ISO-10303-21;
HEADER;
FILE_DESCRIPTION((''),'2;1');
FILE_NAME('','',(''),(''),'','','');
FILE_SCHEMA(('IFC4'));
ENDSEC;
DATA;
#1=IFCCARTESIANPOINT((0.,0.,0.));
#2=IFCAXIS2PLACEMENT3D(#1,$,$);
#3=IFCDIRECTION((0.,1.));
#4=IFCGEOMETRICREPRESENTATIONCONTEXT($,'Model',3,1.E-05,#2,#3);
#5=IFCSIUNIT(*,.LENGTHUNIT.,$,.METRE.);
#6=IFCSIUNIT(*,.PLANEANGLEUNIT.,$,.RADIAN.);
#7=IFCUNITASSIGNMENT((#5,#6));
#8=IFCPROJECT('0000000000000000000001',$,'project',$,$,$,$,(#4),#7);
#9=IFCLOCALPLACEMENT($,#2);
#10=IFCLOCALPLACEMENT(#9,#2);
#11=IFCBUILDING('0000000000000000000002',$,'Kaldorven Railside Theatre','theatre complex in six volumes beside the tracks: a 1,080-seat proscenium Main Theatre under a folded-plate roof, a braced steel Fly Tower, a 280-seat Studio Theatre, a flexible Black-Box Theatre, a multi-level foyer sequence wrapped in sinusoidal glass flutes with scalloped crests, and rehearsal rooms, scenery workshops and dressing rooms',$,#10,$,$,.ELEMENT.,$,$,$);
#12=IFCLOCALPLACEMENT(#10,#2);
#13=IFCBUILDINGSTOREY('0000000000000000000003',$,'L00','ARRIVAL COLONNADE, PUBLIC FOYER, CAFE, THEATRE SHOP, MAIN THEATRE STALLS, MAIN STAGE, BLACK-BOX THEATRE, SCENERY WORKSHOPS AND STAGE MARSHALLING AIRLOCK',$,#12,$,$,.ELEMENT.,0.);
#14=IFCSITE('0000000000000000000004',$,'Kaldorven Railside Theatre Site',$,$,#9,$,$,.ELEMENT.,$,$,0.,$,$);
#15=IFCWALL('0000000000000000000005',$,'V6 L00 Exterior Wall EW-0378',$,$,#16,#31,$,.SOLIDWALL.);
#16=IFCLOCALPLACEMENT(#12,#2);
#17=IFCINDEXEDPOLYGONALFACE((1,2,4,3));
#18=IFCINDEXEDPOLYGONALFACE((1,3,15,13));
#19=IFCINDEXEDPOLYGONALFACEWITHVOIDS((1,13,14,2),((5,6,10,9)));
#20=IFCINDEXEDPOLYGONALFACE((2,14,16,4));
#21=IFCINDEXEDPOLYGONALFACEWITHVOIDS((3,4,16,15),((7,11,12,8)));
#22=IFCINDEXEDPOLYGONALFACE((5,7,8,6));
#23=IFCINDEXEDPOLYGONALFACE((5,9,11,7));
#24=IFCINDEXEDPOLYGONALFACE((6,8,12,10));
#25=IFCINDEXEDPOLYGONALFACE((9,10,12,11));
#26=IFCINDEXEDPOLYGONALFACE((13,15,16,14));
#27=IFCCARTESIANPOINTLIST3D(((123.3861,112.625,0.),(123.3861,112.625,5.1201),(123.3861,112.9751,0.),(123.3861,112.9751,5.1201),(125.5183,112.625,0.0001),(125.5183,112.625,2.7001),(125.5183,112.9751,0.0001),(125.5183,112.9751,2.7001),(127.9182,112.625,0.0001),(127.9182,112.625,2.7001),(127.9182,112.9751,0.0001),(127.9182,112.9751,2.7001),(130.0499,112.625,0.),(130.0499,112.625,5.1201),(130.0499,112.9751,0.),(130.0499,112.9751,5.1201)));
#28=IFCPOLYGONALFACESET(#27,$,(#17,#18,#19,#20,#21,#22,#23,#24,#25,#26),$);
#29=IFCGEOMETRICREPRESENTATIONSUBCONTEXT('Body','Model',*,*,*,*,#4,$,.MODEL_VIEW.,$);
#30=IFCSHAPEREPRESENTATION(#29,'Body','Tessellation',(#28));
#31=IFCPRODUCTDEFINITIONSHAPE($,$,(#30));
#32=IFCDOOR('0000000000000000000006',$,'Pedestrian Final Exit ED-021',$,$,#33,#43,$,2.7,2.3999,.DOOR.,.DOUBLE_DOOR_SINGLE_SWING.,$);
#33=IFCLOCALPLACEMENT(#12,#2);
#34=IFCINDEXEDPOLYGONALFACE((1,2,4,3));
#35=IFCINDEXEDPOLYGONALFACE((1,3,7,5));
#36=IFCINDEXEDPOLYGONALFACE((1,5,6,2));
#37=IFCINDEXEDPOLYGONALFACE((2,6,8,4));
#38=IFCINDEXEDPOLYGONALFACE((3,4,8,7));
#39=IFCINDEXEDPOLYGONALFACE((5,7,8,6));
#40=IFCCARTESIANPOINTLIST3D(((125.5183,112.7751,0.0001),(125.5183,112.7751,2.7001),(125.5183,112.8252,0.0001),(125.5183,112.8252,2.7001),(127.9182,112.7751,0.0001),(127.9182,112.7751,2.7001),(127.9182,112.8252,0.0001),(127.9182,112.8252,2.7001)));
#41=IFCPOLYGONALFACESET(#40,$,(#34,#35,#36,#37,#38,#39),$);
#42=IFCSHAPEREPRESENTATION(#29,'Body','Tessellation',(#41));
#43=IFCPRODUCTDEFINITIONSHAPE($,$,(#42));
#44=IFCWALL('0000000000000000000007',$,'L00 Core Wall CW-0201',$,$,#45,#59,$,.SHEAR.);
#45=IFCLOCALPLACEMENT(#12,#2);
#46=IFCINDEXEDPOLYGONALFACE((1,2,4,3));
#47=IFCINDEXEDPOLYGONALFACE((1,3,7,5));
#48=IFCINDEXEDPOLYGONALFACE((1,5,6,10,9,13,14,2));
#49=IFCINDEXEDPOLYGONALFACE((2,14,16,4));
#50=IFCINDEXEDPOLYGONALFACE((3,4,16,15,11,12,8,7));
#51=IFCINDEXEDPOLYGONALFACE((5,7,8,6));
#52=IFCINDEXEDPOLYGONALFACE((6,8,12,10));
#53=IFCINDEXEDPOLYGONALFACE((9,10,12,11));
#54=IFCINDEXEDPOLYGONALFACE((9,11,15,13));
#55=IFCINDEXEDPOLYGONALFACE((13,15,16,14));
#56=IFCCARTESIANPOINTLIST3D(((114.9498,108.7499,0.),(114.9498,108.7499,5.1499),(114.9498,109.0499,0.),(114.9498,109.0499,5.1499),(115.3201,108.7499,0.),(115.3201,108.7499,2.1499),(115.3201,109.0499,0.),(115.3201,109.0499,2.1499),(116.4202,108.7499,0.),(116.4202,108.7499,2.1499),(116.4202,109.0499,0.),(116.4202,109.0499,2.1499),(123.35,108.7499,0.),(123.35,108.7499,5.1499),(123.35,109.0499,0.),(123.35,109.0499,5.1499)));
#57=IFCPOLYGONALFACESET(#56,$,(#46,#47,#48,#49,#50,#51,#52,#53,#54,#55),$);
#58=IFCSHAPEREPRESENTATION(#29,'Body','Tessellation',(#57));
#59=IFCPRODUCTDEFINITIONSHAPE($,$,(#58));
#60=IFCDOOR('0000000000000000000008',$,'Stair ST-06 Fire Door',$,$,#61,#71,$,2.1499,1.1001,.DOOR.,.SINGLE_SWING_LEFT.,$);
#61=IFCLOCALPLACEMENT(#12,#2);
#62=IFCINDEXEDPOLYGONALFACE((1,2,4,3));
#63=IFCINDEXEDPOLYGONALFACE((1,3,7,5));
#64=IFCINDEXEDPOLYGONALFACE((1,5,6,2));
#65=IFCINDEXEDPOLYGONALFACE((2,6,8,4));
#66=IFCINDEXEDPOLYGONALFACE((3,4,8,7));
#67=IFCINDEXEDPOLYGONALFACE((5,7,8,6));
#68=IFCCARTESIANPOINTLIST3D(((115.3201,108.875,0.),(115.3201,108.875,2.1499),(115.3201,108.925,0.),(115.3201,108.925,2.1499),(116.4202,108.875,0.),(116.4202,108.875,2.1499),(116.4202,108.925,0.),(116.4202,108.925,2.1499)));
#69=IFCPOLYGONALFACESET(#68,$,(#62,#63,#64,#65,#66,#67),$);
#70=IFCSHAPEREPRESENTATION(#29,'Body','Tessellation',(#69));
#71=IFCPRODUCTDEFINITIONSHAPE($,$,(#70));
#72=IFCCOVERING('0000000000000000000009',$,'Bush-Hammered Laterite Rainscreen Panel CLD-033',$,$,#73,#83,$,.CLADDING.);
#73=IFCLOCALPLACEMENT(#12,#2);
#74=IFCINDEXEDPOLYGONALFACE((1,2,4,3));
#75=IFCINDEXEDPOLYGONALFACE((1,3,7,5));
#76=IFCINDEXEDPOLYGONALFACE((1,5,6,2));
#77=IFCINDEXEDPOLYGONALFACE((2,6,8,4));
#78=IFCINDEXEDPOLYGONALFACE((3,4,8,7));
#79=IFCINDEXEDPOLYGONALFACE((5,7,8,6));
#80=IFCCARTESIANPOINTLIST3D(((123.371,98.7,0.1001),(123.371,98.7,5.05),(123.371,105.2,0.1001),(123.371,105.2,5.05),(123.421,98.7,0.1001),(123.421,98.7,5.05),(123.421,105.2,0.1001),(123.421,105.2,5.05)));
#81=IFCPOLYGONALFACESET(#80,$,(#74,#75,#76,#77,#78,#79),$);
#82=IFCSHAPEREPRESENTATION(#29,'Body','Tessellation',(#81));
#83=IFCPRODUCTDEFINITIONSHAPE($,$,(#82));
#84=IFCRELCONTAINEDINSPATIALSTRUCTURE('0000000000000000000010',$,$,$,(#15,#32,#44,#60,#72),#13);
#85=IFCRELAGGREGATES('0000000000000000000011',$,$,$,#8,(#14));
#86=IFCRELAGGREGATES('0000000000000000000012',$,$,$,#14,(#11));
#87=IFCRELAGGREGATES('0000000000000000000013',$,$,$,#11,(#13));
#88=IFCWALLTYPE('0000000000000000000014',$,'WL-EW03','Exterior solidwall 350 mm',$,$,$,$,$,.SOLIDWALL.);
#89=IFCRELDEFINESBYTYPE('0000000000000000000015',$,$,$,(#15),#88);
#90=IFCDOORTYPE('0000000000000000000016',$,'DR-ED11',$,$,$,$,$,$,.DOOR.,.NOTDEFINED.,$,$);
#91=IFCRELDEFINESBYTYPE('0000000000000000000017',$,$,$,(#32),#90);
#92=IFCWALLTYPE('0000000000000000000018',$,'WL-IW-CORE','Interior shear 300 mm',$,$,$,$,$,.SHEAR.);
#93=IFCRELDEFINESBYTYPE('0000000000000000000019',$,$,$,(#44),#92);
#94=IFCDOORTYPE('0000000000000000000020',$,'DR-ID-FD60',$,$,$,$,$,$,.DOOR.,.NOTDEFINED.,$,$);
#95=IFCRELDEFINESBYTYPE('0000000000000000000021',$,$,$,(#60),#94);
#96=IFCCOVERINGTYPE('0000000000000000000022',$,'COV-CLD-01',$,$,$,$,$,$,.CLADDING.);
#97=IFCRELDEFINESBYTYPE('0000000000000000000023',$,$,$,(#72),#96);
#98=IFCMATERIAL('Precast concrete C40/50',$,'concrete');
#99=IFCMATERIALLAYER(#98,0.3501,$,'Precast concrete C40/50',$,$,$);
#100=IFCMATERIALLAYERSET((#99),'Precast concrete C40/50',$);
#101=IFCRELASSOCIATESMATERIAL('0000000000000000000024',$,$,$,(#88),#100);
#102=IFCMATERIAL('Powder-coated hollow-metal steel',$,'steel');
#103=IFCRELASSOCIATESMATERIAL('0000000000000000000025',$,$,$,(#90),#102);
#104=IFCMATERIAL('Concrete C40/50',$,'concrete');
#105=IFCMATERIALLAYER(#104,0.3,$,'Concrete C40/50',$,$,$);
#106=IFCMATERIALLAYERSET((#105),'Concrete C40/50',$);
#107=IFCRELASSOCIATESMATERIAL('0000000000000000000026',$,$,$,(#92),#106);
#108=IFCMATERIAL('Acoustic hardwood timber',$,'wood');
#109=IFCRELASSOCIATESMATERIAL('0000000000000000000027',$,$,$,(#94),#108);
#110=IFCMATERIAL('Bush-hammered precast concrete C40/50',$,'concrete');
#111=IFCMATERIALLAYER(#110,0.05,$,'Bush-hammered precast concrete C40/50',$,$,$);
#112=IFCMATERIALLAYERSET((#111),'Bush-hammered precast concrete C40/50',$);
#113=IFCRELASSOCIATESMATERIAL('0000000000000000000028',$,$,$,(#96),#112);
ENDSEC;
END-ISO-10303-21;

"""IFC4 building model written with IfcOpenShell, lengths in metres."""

from ifc_helpers import new_model, si_unit, direction, frame, frame_2d, origin, origin_2d, place, context, subcontext, project, spatial, rectangle, extrude, material, layer, layer_set, type_object, element, fill, save


model = new_model("IFC4")

# Units and contexts
model_context = context("Model", 3, precision=1e-05, world=origin(), true_north=direction((0.0, 1.0)))
body_context = subcontext(model_context, "Body", "Model", "MODEL_VIEW")
ifc_project = project(units=[si_unit("LENGTHUNIT", "METRE"), si_unit("PLANEANGLEUNIT", "RADIAN")], contexts=[model_context])

# Site, building, storey
site_placement = place(None, origin())
site = spatial("IfcSite", under=ifc_project, at=site_placement, Name="Kaldorven Railside Theatre Site", CompositionType="ELEMENT", RefElevation=0.0)
building_placement = place(site_placement, origin())
building = spatial("IfcBuilding", under=site, at=building_placement, Name="Kaldorven Railside Theatre", Description="theatre complex in six volumes beside the tracks: a 1,080-seat proscenium Main Theatre under a folded-plate roof, a braced steel Fly Tower, a 280-seat Studio Theatre, a flexible Black-Box Theatre, a multi-level foyer sequence wrapped in sinusoidal glass flutes with scalloped crests, and rehearsal rooms, scenery workshops and dressing rooms", CompositionType="ELEMENT")
storey_placement = place(building_placement, origin())
storey = spatial("IfcBuildingStorey", under=building, at=storey_placement, Name="L00", Description="ARRIVAL COLONNADE, PUBLIC FOYER, CAFE, THEATRE SHOP, MAIN THEATRE STALLS, MAIN STAGE, BLACK-BOX THEATRE, SCENERY WORKSHOPS AND STAGE MARSHALLING AIRLOCK", CompositionType="ELEMENT", Elevation=0.0)

# Shared definitions
ifc_material_1 = material(Name="Concrete C40/50", Category="concrete")

# Walls, openings, doors
ifc_material_2 = material(Name="Precast concrete C40/50", Category="concrete")
ifc_layer_1 = layer(ifc_material_2, 0.3501, Name="Precast concrete C40/50")
ifc_layer_set_1 = layer_set([ifc_layer_1], Name="Precast concrete C40/50")
wall_type_1 = type_object("IfcWallType", Name="WL-EW03", Description="Exterior solidwall 350 mm", PredefinedType="SOLIDWALL", material=ifc_layer_set_1)
ifc_material_3 = material(Name="Powder-coated hollow-metal steel", Category="steel")
door_type_1 = type_object("IfcDoorType", Name="DR-ED11", OperationType="NOTDEFINED", PredefinedType="DOOR", material=ifc_material_3)
wall_1_placement = place(storey_placement, frame((130.05, 112.8, 0.0), z_axis=(0.0, 0.0, 1.0), x_axis=(-1.0, 0.0, 0.0)))
wall_1 = element("IfcWall", 1, at=wall_1_placement, inside=storey, type_object=wall_type_1, Name="V6 L00 Exterior Wall EW-0378", PredefinedType="SOLIDWALL", context=body_context, shape_type="SweptSolid", body=[
    extrude(rectangle(XDim=6.6638, YDim=0.3501, at=frame_2d((3.332, 0.0))), origin(), (0.0, 0.0, 1.0), 5.1201),
])
opening_1_placement = place(wall_1_placement, frame((2.1318, 0.0, 0.0)))
opening_1 = element("IfcOpeningElement", 2, at=opening_1_placement, cuts=wall_1, PredefinedType="OPENING", context=body_context, shape_type="SweptSolid", body=[
    extrude(rectangle(XDim=2.3999, YDim=2.7, at=frame_2d((1.2, 1.3501))), frame((0.0, 0.1851, 0.0), z_axis=(0.0, -1.0, 0.0), x_axis=(1.0, 0.0, 0.0)), (0.0, 0.0, 1.0), 0.3701),
])
door_1_placement = place(opening_1_placement, origin())
door_1 = element("IfcDoor", 3, at=door_1_placement, inside=storey, type_object=door_type_1, Name="Pedestrian Final Exit ED-021", OperationType="DOUBLE_DOOR_SINGLE_SWING", OverallHeight=2.7, OverallWidth=2.3999, PredefinedType="DOOR", context=body_context, shape_type="SweptSolid", body=[
    extrude(rectangle(XDim=2.3999, YDim=2.7, at=frame_2d((1.2, 1.3501))), frame((0.0, 0.0249, 0.0), z_axis=(0.0, -1.0, 0.0), x_axis=(1.0, 0.0, 0.0)), (0.0, 0.0, 1.0), 0.05),
])
fill(opening_1, door_1)
ifc_layer_2 = layer(ifc_material_1, 0.3, Name="Concrete C40/50")
ifc_layer_set_2 = layer_set([ifc_layer_2], Name="Concrete C40/50")
wall_type_2 = type_object("IfcWallType", Name="WL-IW-CORE", Description="Interior shear 300 mm", PredefinedType="SHEAR", material=ifc_layer_set_2)
wall_2_placement = place(storey_placement, frame((123.3501, 108.8999, 0.0), z_axis=(0.0, 0.0, 1.0), x_axis=(-1.0, 0.0, 0.0)))
wall_2 = element("IfcWall", 4, at=wall_2_placement, inside=storey, type_object=wall_type_2, Name="L00 Core Wall CW-0201", PredefinedType="SHEAR", context=body_context, shape_type="SweptSolid", body=[
    extrude(rectangle(XDim=8.4001, YDim=0.3, at=frame_2d((4.2002, 0.0))), origin(), (0.0, 0.0, 1.0), 5.1499),
])
opening_2_placement = place(wall_2_placement, frame((6.9299, 0.0, 0.0)))
opening_2 = element("IfcOpeningElement", 5, at=opening_2_placement, cuts=wall_2, PredefinedType="OPENING", context=body_context, shape_type="SweptSolid", body=[
    extrude(rectangle(XDim=1.1001, YDim=2.1499, at=frame_2d((0.55, 1.075))), frame((0.0, 0.1602, 0.0), z_axis=(0.0, -1.0, 0.0), x_axis=(1.0, 0.0, 0.0)), (0.0, 0.0, 1.0), 0.3201),
])
ifc_material_4 = material(Name="Acoustic hardwood timber", Category="wood")
door_type_2 = type_object("IfcDoorType", Name="DR-ID-FD60", OperationType="NOTDEFINED", PredefinedType="DOOR", material=ifc_material_4)
door_2_placement = place(opening_2_placement, origin())
door_2 = element("IfcDoor", 6, at=door_2_placement, inside=storey, type_object=door_type_2, Name="Stair ST-06 Fire Door", OperationType="SINGLE_SWING_LEFT", OverallHeight=2.1499, OverallWidth=1.1001, PredefinedType="DOOR", context=body_context, shape_type="SweptSolid", body=[
    extrude(rectangle(XDim=1.1001, YDim=2.1499, at=frame_2d((0.55, 1.075))), frame((0.0, 0.0249, 0.0), z_axis=(0.0, -1.0, 0.0), x_axis=(1.0, 0.0, 0.0)), (0.0, 0.0, 1.0), 0.05),
])
fill(opening_2, door_2)

# Covering
ifc_material_5 = material(Name="Bush-hammered precast concrete C40/50", Category="concrete")
ifc_layer_3 = layer(ifc_material_5, 0.05, Name="Bush-hammered precast concrete C40/50")
ifc_layer_set_3 = layer_set([ifc_layer_3], Name="Bush-hammered precast concrete C40/50")
covering_type = type_object("IfcCoveringType", Name="COV-CLD-01", PredefinedType="CLADDING", material=ifc_layer_set_3)
covering_placement = place(storey_placement, frame((123.396, 101.95, 0.1001), z_axis=(0.0, 0.0, 1.0), x_axis=(0.0, -1.0, 0.0)))
element("IfcCovering", 7, at=covering_placement, inside=storey, type_object=covering_type, Name="Bush-Hammered Laterite Rainscreen Panel CLD-033", PredefinedType="CLADDING", context=body_context, shape_type="SweptSolid", body=[
    extrude(rectangle(XDim=6.5, YDim=0.05, at=origin_2d()), origin(), (0.0, 0.0, 1.0), 4.95),
])

save(model, "model.ifc")
